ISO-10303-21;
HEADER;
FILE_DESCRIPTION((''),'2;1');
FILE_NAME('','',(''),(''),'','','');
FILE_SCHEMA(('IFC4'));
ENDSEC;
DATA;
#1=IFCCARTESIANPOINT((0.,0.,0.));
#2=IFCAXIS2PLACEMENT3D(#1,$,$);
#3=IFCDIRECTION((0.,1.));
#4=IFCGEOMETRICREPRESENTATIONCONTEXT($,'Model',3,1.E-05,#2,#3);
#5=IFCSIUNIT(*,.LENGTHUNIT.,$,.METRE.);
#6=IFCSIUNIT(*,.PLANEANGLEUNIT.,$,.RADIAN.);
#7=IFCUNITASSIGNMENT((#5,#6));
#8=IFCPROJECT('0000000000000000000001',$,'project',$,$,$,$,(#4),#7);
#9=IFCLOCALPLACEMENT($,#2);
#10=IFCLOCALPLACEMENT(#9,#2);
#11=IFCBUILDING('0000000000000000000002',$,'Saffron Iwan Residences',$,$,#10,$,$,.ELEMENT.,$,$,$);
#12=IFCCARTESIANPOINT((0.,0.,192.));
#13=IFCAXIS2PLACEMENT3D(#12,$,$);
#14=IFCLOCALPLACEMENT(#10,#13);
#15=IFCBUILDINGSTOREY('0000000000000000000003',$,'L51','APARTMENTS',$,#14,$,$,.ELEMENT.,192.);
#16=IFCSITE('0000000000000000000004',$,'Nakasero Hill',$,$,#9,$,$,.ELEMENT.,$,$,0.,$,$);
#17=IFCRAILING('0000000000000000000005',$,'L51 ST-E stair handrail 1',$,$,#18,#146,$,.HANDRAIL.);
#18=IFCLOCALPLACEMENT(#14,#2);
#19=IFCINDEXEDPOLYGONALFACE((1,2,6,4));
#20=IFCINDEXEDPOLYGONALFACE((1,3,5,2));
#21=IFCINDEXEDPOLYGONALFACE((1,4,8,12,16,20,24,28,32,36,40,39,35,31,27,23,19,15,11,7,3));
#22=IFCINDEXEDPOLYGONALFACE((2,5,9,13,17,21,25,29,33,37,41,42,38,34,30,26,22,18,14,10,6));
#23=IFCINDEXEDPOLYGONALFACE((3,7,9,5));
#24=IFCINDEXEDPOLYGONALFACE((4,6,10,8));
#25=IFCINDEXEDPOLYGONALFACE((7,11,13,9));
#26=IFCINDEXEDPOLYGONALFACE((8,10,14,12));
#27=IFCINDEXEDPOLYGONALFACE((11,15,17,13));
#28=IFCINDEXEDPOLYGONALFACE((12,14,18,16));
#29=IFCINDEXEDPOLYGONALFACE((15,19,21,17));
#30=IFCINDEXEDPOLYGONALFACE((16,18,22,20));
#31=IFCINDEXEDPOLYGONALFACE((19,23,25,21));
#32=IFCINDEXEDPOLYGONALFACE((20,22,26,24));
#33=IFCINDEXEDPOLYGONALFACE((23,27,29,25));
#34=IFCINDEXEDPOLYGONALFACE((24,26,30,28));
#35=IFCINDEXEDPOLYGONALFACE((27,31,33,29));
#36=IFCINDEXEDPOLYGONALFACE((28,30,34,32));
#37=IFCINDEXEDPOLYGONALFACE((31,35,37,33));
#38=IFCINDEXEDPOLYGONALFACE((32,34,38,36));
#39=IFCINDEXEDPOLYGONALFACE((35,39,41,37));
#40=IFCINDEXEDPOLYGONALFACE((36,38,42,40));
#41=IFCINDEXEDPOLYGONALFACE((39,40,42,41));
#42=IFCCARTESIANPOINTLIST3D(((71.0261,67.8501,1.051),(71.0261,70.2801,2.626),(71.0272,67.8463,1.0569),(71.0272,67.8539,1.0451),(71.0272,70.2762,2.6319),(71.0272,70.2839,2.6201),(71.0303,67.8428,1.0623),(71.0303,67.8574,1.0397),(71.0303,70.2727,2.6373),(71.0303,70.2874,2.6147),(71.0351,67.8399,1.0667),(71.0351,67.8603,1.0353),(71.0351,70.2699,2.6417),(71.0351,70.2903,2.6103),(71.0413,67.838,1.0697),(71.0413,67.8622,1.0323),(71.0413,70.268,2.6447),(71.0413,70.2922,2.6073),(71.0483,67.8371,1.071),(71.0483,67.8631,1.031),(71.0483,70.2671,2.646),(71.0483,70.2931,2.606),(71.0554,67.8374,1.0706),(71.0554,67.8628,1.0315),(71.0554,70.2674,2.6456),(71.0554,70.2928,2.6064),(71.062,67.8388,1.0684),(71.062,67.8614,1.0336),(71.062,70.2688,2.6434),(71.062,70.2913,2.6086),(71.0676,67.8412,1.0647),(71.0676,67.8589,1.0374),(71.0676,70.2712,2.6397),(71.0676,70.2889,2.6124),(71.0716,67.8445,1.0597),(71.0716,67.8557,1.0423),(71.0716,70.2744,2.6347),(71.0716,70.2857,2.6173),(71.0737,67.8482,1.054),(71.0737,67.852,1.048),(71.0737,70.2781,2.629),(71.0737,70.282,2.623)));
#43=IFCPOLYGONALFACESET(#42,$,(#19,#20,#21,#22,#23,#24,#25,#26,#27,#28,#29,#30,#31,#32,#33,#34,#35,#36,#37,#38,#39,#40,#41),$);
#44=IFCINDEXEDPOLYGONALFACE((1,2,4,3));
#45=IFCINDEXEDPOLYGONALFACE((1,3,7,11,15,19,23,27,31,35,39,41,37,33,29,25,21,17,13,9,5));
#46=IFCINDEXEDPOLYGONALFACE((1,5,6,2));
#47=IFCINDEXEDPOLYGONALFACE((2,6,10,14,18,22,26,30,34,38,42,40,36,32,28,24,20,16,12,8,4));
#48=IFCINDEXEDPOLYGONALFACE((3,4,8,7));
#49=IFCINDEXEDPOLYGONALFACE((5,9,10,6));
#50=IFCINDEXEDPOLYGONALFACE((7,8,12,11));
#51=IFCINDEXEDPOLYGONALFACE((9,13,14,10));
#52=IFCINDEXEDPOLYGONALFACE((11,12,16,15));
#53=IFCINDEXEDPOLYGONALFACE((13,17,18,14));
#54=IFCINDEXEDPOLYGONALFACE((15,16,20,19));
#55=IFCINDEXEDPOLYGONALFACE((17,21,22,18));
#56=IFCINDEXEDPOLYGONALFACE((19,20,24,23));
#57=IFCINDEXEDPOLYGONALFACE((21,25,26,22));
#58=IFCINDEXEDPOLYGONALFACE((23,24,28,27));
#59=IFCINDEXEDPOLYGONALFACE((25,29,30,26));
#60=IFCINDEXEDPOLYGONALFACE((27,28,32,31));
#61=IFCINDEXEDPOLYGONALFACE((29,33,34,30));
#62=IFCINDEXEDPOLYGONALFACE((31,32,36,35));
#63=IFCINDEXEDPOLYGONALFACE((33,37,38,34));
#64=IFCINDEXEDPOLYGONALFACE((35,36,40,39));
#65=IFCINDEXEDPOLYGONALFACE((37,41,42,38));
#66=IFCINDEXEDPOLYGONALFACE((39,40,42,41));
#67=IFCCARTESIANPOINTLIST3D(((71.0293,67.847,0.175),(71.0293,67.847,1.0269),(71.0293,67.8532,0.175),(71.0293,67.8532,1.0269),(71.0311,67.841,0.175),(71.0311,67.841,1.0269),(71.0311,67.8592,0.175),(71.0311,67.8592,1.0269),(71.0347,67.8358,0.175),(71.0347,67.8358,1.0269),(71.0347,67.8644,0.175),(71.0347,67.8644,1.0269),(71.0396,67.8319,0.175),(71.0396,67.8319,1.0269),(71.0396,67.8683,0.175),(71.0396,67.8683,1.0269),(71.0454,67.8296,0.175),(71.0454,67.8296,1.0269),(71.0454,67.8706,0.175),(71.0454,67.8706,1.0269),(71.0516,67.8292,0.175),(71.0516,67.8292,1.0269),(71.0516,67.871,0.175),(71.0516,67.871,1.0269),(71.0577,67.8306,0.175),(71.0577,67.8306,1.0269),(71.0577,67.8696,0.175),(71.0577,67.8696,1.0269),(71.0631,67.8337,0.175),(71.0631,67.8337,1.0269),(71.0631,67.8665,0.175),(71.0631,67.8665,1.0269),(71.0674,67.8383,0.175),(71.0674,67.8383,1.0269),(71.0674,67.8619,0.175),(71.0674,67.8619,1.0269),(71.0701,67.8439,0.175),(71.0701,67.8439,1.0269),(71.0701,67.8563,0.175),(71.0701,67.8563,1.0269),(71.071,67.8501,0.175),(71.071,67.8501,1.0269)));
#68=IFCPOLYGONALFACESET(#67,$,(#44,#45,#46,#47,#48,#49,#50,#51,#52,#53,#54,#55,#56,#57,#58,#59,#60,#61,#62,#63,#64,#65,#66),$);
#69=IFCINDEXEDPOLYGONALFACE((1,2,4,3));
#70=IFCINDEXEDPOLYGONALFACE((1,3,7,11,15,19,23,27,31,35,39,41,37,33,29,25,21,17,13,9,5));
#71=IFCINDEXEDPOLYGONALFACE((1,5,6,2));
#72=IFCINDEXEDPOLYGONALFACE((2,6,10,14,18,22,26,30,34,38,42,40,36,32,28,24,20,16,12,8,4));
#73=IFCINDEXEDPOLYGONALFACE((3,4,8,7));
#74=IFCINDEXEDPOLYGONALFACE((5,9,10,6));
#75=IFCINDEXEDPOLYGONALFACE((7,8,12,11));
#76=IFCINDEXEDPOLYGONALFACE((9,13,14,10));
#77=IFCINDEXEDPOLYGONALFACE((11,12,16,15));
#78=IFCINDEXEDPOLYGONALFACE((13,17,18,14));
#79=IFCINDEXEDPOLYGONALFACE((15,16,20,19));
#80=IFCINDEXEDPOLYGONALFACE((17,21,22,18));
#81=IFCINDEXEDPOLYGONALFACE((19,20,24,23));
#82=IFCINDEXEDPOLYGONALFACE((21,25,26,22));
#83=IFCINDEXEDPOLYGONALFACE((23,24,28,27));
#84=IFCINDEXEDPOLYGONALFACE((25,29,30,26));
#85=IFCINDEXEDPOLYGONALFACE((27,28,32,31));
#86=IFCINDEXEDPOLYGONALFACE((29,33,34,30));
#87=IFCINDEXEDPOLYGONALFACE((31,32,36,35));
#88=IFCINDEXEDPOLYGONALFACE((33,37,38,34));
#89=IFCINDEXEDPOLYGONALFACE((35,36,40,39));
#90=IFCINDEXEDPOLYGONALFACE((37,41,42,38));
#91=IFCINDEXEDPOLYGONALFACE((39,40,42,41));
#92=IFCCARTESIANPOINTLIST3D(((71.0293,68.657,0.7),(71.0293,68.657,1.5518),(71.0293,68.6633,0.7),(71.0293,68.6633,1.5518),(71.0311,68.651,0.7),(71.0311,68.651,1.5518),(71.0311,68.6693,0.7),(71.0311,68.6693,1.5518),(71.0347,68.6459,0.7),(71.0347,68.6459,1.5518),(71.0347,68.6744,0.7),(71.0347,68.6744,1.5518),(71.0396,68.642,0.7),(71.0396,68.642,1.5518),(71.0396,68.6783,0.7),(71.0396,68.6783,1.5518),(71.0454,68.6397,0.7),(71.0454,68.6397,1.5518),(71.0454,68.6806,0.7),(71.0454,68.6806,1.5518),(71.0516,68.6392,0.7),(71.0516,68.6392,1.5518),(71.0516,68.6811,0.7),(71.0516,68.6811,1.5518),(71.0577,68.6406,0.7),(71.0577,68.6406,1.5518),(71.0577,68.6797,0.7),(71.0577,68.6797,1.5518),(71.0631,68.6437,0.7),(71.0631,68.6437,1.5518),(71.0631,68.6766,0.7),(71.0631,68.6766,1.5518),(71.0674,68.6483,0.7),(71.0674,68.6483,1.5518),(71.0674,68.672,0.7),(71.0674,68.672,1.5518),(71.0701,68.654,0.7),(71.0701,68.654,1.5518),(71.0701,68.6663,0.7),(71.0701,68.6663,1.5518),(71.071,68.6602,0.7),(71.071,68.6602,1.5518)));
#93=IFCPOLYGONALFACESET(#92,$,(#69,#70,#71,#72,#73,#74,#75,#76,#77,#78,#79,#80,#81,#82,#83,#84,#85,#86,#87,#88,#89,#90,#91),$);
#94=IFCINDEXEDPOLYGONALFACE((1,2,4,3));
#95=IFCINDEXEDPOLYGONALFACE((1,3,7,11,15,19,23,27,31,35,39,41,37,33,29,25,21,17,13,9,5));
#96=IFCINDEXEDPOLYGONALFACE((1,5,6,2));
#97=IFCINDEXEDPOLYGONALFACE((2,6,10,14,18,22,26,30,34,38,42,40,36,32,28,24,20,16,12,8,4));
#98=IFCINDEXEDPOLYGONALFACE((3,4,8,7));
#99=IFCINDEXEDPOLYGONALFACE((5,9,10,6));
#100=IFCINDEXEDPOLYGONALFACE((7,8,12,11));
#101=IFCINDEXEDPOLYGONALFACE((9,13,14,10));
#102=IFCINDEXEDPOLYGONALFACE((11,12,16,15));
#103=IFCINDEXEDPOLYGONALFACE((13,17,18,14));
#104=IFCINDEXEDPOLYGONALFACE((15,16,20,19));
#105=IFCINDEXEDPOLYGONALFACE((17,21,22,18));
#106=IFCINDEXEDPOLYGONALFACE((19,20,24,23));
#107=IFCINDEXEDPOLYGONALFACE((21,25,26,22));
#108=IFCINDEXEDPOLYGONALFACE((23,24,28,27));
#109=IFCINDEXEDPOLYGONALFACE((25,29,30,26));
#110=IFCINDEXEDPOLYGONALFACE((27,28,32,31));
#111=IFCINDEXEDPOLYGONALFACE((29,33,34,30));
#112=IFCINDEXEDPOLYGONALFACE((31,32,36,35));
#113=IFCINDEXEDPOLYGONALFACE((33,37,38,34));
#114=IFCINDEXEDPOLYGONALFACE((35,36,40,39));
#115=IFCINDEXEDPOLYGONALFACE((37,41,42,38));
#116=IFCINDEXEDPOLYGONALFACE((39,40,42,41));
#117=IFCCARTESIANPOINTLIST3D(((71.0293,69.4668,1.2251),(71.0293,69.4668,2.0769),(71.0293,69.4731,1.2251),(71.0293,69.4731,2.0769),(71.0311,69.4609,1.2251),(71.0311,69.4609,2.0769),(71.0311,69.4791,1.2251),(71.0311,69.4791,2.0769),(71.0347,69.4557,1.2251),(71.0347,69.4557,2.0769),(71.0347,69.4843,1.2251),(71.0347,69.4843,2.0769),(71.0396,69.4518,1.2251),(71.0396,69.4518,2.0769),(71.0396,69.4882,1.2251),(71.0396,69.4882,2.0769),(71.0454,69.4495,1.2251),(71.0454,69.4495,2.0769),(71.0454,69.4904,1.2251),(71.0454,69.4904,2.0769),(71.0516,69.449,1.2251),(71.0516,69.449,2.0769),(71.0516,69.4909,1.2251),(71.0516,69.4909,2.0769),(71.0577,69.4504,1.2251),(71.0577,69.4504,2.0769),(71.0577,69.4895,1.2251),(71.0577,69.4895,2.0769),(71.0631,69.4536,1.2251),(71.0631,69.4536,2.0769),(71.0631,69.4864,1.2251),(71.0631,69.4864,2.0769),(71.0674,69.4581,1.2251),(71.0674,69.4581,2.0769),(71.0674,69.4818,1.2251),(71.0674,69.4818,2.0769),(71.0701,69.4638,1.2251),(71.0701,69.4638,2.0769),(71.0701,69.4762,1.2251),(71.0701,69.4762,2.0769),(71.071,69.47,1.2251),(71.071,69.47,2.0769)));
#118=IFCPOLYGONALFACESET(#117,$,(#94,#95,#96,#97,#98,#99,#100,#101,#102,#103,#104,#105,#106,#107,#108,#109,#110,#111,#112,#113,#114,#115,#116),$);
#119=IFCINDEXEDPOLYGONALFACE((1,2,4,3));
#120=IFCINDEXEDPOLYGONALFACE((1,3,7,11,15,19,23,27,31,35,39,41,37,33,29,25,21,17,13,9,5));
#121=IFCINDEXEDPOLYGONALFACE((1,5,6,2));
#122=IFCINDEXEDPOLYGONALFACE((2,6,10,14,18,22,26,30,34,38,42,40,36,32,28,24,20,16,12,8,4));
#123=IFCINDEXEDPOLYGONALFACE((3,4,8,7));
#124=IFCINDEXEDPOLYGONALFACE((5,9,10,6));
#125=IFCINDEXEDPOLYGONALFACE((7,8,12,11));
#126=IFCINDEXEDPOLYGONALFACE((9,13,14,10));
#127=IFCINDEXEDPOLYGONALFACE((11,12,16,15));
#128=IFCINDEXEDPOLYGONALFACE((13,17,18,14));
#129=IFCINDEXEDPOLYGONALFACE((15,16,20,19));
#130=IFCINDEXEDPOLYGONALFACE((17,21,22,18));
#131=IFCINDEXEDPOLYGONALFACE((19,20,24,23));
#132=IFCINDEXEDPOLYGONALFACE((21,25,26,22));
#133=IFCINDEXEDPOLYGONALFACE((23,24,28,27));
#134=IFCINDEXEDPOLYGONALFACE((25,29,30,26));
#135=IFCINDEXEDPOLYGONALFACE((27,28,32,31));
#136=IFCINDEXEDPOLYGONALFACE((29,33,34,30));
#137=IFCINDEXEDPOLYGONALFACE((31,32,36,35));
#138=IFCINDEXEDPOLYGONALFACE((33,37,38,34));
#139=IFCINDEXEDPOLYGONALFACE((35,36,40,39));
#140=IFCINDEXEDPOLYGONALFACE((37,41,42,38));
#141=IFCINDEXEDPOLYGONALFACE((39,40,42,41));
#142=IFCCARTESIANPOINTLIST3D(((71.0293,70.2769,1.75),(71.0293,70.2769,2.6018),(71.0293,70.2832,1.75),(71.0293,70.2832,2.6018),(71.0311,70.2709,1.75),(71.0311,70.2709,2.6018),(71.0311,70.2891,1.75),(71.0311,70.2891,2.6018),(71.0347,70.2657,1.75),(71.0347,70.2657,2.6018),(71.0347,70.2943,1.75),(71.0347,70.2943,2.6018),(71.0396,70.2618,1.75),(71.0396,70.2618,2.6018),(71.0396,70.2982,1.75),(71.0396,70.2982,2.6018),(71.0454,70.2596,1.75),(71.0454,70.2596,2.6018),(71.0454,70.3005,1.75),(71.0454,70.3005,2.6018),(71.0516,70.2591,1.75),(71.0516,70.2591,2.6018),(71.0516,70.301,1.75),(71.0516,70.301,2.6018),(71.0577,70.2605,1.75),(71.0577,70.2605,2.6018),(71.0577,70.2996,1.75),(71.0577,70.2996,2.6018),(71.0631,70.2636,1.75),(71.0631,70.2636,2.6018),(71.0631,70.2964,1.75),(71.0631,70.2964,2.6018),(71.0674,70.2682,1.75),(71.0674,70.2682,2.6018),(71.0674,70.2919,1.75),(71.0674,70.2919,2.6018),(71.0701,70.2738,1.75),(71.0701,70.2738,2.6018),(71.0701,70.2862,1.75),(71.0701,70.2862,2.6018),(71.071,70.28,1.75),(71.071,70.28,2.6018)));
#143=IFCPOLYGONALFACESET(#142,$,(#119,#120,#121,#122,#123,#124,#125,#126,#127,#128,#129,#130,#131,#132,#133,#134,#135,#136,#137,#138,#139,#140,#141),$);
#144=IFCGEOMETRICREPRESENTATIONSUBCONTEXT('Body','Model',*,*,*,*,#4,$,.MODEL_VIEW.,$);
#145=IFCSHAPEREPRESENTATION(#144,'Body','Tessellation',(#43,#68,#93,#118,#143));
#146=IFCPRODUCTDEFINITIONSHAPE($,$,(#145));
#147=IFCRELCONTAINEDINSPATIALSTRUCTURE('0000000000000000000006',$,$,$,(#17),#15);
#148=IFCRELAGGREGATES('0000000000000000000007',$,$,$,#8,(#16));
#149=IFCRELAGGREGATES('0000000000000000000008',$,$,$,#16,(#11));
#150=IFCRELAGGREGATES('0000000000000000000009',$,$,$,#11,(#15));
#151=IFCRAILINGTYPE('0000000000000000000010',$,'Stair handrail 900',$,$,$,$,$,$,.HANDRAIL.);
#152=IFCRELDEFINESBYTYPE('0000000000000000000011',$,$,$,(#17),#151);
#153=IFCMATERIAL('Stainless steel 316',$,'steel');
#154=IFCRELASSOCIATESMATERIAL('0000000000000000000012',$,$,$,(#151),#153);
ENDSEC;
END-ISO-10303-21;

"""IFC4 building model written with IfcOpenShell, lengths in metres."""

from ifc_helpers import new_model, si_unit, direction, frame, origin, origin_2d, place, context, subcontext, project, spatial, circle, extrude, material, type_object, element, save


model = new_model("IFC4")

# Units and contexts
model_context = context("Model", 3, precision=1e-05, world=origin(), true_north=direction((0.0, 1.0)))
body_context = subcontext(model_context, "Body", "Model", "MODEL_VIEW")
ifc_project = project(units=[si_unit("LENGTHUNIT", "METRE"), si_unit("PLANEANGLEUNIT", "RADIAN")], contexts=[model_context])

# Site, building, storey
site_placement = place(None, origin())
site = spatial("IfcSite", under=ifc_project, at=site_placement, Name="Nakasero Hill", CompositionType="ELEMENT", RefElevation=0.0)
building_placement = place(site_placement, origin())
building = spatial("IfcBuilding", under=site, at=building_placement, Name="Saffron Iwan Residences", CompositionType="ELEMENT")
storey_placement = place(building_placement, frame((0.0, 0.0, 192.0)))
storey = spatial("IfcBuildingStorey", under=building, at=storey_placement, Name="L51", Description="APARTMENTS", CompositionType="ELEMENT", Elevation=192.0)

# Railing
ifc_material_1 = material(Name="Stainless steel 316", Category="steel")
railing_type_1 = type_object("IfcRailingType", Name="Stair handrail 900", PredefinedType="HANDRAIL", material=ifc_material_1)
railing_1_placement = place(storey_placement, frame((71.05, 67.8501, 0.175)))
element("IfcRailing", 1, at=railing_1_placement, inside=storey, type_object=railing_type_1, Name="L51 ST-E stair handrail 1", PredefinedType="HANDRAIL", context=body_context, shape_type="SweptSolid", body=[
    extrude(circle(Radius=0.0239, at=origin_2d()), frame((0.0, 0.0, 0.876), z_axis=(0.0, 0.839154, 0.543894), x_axis=(-1.0, 0.0, 0.0)), (0.0, 0.0, 1.0), 2.8958),
    extrude(circle(Radius=0.021, at=origin_2d()), origin(), (0.0, 0.0, 1.0), 0.8518),
    extrude(circle(Radius=0.021, at=origin_2d()), frame((0.0, 0.8101, 0.5249)), (0.0, 0.0, 1.0), 0.8518),
    extrude(circle(Radius=0.021, at=origin_2d()), frame((0.0, 1.6199, 1.05)), (0.0, 0.0, 1.0), 0.8518),
    extrude(circle(Radius=0.021, at=origin_2d()), frame((0.0, 2.4299, 1.575)), (0.0, 0.0, 1.0), 0.8518),
])

save(model, "model.ifc")
